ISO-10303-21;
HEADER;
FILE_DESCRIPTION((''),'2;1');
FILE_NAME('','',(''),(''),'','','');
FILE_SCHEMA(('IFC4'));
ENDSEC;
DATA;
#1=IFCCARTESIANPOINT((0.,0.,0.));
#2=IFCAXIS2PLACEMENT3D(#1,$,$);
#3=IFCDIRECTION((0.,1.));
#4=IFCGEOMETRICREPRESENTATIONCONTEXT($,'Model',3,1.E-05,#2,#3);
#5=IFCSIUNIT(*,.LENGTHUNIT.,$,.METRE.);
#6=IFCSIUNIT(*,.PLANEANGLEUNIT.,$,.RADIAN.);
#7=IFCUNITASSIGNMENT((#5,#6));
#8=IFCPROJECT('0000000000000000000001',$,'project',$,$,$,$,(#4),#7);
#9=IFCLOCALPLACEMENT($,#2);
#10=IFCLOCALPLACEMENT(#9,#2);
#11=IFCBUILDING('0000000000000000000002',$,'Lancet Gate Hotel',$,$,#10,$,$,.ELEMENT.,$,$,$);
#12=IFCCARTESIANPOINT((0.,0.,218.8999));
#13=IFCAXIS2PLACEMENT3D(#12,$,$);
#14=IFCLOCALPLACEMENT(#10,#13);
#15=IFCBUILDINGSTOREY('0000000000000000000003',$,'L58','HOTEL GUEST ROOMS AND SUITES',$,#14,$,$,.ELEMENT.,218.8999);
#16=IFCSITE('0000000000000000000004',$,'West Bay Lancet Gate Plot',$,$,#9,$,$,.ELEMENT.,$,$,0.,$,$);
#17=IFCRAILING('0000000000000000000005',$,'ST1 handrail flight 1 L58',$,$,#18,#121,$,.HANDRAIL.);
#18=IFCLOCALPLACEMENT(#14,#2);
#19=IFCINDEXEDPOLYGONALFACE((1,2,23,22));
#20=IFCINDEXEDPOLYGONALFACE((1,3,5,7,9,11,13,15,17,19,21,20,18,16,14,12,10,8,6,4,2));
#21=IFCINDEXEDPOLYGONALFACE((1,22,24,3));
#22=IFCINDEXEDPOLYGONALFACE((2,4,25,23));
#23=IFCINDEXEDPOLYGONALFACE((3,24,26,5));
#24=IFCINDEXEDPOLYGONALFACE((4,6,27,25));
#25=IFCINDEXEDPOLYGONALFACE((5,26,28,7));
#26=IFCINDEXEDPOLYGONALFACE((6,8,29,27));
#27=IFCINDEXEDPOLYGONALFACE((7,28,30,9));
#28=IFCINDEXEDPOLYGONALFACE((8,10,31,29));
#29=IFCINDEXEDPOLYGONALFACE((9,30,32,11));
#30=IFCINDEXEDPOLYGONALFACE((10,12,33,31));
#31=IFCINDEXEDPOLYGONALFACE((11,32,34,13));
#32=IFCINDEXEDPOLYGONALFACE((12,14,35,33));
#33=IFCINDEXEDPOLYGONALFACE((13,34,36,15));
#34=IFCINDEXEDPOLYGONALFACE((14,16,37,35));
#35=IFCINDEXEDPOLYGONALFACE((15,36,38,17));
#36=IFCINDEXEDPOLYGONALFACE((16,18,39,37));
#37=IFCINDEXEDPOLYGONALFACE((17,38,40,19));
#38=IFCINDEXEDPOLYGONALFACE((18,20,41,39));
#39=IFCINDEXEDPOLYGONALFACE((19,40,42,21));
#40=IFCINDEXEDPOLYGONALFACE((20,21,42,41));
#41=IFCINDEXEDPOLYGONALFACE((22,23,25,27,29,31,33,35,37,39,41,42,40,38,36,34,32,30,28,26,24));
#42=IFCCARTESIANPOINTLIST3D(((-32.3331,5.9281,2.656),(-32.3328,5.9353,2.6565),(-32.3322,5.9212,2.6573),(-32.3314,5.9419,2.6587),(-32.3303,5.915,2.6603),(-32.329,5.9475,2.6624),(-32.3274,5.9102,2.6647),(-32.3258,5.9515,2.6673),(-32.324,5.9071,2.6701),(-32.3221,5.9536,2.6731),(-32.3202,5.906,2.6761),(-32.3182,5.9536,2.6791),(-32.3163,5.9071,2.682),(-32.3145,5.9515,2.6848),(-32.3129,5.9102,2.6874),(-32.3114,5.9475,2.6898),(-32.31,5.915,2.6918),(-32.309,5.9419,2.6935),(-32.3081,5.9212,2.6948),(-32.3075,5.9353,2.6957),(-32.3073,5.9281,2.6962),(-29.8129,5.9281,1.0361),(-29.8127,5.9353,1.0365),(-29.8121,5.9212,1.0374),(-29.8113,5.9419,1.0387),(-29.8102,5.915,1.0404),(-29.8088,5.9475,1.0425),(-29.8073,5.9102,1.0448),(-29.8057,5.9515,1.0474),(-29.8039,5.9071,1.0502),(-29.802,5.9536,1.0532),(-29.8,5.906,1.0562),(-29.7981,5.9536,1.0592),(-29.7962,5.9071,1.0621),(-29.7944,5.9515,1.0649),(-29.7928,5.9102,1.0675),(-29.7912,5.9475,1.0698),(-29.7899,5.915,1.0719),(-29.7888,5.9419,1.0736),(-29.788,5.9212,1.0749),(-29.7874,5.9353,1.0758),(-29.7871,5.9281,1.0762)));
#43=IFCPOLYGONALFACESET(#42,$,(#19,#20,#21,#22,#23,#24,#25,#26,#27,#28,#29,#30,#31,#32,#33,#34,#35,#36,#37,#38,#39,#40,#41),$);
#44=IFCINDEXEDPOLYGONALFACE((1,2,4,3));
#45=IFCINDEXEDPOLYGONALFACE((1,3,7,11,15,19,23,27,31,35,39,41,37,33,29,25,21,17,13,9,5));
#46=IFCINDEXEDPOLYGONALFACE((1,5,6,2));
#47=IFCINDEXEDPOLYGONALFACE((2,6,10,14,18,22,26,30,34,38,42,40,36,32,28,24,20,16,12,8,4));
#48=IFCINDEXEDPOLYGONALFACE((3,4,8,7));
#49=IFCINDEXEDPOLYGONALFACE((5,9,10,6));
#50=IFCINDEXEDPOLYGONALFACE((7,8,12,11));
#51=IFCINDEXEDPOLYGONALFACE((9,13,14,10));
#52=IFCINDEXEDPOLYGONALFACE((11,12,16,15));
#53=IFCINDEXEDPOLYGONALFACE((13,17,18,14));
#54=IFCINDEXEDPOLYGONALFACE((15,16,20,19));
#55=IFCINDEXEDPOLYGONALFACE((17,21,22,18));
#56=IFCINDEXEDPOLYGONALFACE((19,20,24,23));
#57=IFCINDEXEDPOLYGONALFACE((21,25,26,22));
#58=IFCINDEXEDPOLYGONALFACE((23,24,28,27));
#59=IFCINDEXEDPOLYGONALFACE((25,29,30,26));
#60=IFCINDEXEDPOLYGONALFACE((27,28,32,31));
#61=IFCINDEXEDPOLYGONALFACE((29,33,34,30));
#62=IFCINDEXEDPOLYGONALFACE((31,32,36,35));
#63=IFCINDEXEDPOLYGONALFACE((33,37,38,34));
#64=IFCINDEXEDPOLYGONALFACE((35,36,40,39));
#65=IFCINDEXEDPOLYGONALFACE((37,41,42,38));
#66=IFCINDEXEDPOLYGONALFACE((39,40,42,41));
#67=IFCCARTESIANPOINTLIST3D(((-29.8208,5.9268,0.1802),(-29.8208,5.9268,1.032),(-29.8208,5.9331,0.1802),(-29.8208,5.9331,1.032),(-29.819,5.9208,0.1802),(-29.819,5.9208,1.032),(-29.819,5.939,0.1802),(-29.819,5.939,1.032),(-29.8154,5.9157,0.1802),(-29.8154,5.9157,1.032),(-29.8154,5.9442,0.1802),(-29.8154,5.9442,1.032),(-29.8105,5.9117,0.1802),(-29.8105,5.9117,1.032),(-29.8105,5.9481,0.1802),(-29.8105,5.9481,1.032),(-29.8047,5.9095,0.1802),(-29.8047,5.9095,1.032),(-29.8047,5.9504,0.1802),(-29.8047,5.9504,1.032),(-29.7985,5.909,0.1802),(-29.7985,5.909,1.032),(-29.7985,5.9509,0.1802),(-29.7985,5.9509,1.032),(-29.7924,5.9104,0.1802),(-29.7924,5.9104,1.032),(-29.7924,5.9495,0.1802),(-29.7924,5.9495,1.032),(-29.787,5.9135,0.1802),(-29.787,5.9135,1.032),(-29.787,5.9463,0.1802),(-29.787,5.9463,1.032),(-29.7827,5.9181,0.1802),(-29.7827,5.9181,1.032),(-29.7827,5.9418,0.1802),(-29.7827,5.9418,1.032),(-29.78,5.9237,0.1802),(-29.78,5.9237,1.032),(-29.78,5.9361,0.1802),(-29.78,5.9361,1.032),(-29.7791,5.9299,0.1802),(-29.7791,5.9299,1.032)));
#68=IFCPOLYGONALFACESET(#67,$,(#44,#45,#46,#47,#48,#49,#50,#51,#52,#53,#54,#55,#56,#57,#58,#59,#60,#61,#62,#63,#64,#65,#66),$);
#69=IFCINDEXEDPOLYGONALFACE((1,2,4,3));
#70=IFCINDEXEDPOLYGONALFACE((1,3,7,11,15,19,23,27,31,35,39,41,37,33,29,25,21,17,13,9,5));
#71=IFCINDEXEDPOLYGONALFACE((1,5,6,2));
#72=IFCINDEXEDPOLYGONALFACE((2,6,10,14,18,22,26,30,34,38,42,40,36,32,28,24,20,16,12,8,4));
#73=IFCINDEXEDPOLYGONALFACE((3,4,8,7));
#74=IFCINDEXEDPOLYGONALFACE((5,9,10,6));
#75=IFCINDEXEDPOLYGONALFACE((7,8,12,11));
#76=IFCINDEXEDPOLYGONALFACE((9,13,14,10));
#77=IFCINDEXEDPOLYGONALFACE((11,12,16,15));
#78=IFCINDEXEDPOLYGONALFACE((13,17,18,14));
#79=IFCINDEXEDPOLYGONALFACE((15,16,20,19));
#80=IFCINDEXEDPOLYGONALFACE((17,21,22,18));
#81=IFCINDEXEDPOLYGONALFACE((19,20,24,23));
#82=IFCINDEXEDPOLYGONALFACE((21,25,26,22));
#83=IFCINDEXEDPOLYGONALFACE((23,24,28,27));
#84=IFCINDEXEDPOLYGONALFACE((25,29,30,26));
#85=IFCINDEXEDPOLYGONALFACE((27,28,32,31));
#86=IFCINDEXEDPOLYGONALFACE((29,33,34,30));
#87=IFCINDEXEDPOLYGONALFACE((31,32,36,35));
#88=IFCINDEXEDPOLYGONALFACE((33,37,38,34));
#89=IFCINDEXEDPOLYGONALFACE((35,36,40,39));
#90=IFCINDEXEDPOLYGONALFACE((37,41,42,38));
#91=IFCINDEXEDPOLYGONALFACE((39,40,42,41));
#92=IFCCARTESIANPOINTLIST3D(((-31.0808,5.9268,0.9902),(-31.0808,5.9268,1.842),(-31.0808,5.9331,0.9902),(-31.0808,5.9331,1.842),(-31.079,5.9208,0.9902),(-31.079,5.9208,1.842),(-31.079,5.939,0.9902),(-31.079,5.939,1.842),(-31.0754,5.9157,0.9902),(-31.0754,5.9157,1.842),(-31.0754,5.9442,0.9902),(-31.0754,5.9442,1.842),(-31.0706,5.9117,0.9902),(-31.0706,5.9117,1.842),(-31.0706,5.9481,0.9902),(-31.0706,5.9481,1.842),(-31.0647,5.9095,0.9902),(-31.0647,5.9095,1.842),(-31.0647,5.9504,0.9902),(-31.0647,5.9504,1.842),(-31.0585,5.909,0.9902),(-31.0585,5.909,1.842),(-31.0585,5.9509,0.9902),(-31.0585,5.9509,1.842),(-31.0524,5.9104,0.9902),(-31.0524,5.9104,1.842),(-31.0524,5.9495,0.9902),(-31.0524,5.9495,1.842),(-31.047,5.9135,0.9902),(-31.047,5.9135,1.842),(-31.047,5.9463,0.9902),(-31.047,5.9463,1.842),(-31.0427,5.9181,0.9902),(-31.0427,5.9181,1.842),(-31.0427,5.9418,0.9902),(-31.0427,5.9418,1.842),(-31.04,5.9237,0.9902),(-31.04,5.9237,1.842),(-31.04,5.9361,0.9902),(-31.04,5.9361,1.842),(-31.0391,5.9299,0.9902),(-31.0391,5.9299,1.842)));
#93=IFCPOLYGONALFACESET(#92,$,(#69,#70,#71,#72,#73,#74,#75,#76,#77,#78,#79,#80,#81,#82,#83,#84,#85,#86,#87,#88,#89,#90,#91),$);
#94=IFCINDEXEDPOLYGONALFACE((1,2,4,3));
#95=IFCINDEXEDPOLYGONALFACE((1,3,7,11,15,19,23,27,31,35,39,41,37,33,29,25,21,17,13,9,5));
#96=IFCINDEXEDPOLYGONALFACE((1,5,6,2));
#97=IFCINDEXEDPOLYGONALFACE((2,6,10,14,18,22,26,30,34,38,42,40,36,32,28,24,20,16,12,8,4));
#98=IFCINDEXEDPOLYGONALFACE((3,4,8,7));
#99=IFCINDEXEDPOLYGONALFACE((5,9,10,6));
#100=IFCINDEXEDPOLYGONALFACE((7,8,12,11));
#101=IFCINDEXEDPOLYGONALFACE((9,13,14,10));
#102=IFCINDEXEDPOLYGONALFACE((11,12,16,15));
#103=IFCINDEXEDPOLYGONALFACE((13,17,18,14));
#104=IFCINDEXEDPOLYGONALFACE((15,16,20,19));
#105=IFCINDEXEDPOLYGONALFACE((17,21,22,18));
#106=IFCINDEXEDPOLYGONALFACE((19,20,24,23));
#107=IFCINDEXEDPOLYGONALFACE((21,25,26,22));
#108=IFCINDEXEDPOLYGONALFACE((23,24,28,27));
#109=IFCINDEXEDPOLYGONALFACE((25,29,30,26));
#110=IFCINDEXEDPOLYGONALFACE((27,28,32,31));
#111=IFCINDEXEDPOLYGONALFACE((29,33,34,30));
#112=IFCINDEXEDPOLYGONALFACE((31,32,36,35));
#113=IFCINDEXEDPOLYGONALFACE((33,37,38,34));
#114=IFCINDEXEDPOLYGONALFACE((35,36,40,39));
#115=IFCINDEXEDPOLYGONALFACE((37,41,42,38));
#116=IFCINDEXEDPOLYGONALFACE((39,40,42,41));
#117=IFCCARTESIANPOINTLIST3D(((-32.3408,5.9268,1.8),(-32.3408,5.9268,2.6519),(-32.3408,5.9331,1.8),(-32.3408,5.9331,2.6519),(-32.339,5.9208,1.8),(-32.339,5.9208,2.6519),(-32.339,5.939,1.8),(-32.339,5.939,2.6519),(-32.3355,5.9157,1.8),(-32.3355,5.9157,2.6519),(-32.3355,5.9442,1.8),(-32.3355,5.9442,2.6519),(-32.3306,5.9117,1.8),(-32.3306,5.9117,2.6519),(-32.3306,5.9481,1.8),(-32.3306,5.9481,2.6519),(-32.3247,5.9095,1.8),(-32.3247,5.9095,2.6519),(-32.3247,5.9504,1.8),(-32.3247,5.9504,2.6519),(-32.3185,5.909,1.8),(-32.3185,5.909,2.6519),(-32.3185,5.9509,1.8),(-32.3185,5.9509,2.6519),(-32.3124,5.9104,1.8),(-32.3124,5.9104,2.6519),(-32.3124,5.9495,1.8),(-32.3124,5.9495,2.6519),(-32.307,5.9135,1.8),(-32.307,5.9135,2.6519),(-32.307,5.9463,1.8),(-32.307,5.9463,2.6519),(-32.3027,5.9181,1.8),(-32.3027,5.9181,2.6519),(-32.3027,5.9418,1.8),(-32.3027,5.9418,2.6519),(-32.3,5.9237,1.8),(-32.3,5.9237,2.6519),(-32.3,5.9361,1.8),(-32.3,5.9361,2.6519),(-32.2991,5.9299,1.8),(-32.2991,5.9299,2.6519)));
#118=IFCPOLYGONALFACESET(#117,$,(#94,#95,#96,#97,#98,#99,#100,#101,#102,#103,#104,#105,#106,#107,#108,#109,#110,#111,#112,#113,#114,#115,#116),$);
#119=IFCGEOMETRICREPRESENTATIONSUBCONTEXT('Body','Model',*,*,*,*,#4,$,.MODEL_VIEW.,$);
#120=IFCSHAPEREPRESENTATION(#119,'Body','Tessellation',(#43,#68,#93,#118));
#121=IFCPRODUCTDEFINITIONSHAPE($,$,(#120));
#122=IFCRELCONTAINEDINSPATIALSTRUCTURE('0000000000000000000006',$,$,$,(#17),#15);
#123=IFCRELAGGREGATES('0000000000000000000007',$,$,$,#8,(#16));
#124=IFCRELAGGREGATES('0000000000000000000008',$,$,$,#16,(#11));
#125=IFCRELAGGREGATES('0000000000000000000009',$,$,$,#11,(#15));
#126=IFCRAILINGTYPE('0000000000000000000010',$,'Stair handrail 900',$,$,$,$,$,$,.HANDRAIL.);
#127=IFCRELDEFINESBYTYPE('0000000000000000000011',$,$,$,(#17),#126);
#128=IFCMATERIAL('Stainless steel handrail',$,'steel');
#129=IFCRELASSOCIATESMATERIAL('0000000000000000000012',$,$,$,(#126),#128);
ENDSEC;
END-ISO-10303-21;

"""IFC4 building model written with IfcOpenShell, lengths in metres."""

from ifc_helpers import new_model, si_unit, direction, frame, origin, origin_2d, place, context, subcontext, project, spatial, circle, extrude, material, type_object, element, save


model = new_model("IFC4")

# Units and contexts
model_context = context("Model", 3, precision=1e-05, world=origin(), true_north=direction((0.0, 1.0)))
body_context = subcontext(model_context, "Body", "Model", "MODEL_VIEW")
ifc_project = project(units=[si_unit("LENGTHUNIT", "METRE"), si_unit("PLANEANGLEUNIT", "RADIAN")], contexts=[model_context])

# Site, building, storey
site_placement = place(None, origin())
site = spatial("IfcSite", under=ifc_project, at=site_placement, Name="West Bay Lancet Gate Plot", CompositionType="ELEMENT", RefElevation=0.0)
building_placement = place(site_placement, origin())
building = spatial("IfcBuilding", under=site, at=building_placement, Name="Lancet Gate Hotel", CompositionType="ELEMENT")
storey_placement = place(building_placement, frame((0.0, 0.0, 218.8999)))
storey = spatial("IfcBuildingStorey", under=building, at=storey_placement, Name="L58", Description="HOTEL GUEST ROOMS AND SUITES", CompositionType="ELEMENT", Elevation=218.8999)

# Railing
ifc_material_1 = material(Name="Stainless steel handrail", Category="steel")
railing_type = type_object("IfcRailingType", Name="Stair handrail 900", PredefinedType="HANDRAIL", material=ifc_material_1)
railing_1_placement = place(storey_placement, frame((-29.8, 5.9299, 0.1802)))
element("IfcRailing", 1, at=railing_1_placement, inside=storey, type_object=railing_type, Name="ST1 handrail flight 1 L58", PredefinedType="HANDRAIL", context=body_context, shape_type="SweptSolid", body=[
    extrude(circle(Radius=0.0239, at=origin_2d()), frame((0.0, 0.0, 0.876), z_axis=(-0.8412, 0.0, 0.540725), x_axis=(0.0, -1.0, 0.0)), (0.0, 0.0, 1.0), 2.9958),
    extrude(circle(Radius=0.021, at=origin_2d()), origin(), (0.0, 0.0, 1.0), 0.8518),
    extrude(circle(Radius=0.021, at=origin_2d()), frame((-1.26, 0.0, 0.8101)), (0.0, 0.0, 1.0), 0.8518),
    extrude(circle(Radius=0.021, at=origin_2d()), frame((-2.52, 0.0, 1.6199)), (0.0, 0.0, 1.0), 0.8518),
])

save(model, "model.ifc")
